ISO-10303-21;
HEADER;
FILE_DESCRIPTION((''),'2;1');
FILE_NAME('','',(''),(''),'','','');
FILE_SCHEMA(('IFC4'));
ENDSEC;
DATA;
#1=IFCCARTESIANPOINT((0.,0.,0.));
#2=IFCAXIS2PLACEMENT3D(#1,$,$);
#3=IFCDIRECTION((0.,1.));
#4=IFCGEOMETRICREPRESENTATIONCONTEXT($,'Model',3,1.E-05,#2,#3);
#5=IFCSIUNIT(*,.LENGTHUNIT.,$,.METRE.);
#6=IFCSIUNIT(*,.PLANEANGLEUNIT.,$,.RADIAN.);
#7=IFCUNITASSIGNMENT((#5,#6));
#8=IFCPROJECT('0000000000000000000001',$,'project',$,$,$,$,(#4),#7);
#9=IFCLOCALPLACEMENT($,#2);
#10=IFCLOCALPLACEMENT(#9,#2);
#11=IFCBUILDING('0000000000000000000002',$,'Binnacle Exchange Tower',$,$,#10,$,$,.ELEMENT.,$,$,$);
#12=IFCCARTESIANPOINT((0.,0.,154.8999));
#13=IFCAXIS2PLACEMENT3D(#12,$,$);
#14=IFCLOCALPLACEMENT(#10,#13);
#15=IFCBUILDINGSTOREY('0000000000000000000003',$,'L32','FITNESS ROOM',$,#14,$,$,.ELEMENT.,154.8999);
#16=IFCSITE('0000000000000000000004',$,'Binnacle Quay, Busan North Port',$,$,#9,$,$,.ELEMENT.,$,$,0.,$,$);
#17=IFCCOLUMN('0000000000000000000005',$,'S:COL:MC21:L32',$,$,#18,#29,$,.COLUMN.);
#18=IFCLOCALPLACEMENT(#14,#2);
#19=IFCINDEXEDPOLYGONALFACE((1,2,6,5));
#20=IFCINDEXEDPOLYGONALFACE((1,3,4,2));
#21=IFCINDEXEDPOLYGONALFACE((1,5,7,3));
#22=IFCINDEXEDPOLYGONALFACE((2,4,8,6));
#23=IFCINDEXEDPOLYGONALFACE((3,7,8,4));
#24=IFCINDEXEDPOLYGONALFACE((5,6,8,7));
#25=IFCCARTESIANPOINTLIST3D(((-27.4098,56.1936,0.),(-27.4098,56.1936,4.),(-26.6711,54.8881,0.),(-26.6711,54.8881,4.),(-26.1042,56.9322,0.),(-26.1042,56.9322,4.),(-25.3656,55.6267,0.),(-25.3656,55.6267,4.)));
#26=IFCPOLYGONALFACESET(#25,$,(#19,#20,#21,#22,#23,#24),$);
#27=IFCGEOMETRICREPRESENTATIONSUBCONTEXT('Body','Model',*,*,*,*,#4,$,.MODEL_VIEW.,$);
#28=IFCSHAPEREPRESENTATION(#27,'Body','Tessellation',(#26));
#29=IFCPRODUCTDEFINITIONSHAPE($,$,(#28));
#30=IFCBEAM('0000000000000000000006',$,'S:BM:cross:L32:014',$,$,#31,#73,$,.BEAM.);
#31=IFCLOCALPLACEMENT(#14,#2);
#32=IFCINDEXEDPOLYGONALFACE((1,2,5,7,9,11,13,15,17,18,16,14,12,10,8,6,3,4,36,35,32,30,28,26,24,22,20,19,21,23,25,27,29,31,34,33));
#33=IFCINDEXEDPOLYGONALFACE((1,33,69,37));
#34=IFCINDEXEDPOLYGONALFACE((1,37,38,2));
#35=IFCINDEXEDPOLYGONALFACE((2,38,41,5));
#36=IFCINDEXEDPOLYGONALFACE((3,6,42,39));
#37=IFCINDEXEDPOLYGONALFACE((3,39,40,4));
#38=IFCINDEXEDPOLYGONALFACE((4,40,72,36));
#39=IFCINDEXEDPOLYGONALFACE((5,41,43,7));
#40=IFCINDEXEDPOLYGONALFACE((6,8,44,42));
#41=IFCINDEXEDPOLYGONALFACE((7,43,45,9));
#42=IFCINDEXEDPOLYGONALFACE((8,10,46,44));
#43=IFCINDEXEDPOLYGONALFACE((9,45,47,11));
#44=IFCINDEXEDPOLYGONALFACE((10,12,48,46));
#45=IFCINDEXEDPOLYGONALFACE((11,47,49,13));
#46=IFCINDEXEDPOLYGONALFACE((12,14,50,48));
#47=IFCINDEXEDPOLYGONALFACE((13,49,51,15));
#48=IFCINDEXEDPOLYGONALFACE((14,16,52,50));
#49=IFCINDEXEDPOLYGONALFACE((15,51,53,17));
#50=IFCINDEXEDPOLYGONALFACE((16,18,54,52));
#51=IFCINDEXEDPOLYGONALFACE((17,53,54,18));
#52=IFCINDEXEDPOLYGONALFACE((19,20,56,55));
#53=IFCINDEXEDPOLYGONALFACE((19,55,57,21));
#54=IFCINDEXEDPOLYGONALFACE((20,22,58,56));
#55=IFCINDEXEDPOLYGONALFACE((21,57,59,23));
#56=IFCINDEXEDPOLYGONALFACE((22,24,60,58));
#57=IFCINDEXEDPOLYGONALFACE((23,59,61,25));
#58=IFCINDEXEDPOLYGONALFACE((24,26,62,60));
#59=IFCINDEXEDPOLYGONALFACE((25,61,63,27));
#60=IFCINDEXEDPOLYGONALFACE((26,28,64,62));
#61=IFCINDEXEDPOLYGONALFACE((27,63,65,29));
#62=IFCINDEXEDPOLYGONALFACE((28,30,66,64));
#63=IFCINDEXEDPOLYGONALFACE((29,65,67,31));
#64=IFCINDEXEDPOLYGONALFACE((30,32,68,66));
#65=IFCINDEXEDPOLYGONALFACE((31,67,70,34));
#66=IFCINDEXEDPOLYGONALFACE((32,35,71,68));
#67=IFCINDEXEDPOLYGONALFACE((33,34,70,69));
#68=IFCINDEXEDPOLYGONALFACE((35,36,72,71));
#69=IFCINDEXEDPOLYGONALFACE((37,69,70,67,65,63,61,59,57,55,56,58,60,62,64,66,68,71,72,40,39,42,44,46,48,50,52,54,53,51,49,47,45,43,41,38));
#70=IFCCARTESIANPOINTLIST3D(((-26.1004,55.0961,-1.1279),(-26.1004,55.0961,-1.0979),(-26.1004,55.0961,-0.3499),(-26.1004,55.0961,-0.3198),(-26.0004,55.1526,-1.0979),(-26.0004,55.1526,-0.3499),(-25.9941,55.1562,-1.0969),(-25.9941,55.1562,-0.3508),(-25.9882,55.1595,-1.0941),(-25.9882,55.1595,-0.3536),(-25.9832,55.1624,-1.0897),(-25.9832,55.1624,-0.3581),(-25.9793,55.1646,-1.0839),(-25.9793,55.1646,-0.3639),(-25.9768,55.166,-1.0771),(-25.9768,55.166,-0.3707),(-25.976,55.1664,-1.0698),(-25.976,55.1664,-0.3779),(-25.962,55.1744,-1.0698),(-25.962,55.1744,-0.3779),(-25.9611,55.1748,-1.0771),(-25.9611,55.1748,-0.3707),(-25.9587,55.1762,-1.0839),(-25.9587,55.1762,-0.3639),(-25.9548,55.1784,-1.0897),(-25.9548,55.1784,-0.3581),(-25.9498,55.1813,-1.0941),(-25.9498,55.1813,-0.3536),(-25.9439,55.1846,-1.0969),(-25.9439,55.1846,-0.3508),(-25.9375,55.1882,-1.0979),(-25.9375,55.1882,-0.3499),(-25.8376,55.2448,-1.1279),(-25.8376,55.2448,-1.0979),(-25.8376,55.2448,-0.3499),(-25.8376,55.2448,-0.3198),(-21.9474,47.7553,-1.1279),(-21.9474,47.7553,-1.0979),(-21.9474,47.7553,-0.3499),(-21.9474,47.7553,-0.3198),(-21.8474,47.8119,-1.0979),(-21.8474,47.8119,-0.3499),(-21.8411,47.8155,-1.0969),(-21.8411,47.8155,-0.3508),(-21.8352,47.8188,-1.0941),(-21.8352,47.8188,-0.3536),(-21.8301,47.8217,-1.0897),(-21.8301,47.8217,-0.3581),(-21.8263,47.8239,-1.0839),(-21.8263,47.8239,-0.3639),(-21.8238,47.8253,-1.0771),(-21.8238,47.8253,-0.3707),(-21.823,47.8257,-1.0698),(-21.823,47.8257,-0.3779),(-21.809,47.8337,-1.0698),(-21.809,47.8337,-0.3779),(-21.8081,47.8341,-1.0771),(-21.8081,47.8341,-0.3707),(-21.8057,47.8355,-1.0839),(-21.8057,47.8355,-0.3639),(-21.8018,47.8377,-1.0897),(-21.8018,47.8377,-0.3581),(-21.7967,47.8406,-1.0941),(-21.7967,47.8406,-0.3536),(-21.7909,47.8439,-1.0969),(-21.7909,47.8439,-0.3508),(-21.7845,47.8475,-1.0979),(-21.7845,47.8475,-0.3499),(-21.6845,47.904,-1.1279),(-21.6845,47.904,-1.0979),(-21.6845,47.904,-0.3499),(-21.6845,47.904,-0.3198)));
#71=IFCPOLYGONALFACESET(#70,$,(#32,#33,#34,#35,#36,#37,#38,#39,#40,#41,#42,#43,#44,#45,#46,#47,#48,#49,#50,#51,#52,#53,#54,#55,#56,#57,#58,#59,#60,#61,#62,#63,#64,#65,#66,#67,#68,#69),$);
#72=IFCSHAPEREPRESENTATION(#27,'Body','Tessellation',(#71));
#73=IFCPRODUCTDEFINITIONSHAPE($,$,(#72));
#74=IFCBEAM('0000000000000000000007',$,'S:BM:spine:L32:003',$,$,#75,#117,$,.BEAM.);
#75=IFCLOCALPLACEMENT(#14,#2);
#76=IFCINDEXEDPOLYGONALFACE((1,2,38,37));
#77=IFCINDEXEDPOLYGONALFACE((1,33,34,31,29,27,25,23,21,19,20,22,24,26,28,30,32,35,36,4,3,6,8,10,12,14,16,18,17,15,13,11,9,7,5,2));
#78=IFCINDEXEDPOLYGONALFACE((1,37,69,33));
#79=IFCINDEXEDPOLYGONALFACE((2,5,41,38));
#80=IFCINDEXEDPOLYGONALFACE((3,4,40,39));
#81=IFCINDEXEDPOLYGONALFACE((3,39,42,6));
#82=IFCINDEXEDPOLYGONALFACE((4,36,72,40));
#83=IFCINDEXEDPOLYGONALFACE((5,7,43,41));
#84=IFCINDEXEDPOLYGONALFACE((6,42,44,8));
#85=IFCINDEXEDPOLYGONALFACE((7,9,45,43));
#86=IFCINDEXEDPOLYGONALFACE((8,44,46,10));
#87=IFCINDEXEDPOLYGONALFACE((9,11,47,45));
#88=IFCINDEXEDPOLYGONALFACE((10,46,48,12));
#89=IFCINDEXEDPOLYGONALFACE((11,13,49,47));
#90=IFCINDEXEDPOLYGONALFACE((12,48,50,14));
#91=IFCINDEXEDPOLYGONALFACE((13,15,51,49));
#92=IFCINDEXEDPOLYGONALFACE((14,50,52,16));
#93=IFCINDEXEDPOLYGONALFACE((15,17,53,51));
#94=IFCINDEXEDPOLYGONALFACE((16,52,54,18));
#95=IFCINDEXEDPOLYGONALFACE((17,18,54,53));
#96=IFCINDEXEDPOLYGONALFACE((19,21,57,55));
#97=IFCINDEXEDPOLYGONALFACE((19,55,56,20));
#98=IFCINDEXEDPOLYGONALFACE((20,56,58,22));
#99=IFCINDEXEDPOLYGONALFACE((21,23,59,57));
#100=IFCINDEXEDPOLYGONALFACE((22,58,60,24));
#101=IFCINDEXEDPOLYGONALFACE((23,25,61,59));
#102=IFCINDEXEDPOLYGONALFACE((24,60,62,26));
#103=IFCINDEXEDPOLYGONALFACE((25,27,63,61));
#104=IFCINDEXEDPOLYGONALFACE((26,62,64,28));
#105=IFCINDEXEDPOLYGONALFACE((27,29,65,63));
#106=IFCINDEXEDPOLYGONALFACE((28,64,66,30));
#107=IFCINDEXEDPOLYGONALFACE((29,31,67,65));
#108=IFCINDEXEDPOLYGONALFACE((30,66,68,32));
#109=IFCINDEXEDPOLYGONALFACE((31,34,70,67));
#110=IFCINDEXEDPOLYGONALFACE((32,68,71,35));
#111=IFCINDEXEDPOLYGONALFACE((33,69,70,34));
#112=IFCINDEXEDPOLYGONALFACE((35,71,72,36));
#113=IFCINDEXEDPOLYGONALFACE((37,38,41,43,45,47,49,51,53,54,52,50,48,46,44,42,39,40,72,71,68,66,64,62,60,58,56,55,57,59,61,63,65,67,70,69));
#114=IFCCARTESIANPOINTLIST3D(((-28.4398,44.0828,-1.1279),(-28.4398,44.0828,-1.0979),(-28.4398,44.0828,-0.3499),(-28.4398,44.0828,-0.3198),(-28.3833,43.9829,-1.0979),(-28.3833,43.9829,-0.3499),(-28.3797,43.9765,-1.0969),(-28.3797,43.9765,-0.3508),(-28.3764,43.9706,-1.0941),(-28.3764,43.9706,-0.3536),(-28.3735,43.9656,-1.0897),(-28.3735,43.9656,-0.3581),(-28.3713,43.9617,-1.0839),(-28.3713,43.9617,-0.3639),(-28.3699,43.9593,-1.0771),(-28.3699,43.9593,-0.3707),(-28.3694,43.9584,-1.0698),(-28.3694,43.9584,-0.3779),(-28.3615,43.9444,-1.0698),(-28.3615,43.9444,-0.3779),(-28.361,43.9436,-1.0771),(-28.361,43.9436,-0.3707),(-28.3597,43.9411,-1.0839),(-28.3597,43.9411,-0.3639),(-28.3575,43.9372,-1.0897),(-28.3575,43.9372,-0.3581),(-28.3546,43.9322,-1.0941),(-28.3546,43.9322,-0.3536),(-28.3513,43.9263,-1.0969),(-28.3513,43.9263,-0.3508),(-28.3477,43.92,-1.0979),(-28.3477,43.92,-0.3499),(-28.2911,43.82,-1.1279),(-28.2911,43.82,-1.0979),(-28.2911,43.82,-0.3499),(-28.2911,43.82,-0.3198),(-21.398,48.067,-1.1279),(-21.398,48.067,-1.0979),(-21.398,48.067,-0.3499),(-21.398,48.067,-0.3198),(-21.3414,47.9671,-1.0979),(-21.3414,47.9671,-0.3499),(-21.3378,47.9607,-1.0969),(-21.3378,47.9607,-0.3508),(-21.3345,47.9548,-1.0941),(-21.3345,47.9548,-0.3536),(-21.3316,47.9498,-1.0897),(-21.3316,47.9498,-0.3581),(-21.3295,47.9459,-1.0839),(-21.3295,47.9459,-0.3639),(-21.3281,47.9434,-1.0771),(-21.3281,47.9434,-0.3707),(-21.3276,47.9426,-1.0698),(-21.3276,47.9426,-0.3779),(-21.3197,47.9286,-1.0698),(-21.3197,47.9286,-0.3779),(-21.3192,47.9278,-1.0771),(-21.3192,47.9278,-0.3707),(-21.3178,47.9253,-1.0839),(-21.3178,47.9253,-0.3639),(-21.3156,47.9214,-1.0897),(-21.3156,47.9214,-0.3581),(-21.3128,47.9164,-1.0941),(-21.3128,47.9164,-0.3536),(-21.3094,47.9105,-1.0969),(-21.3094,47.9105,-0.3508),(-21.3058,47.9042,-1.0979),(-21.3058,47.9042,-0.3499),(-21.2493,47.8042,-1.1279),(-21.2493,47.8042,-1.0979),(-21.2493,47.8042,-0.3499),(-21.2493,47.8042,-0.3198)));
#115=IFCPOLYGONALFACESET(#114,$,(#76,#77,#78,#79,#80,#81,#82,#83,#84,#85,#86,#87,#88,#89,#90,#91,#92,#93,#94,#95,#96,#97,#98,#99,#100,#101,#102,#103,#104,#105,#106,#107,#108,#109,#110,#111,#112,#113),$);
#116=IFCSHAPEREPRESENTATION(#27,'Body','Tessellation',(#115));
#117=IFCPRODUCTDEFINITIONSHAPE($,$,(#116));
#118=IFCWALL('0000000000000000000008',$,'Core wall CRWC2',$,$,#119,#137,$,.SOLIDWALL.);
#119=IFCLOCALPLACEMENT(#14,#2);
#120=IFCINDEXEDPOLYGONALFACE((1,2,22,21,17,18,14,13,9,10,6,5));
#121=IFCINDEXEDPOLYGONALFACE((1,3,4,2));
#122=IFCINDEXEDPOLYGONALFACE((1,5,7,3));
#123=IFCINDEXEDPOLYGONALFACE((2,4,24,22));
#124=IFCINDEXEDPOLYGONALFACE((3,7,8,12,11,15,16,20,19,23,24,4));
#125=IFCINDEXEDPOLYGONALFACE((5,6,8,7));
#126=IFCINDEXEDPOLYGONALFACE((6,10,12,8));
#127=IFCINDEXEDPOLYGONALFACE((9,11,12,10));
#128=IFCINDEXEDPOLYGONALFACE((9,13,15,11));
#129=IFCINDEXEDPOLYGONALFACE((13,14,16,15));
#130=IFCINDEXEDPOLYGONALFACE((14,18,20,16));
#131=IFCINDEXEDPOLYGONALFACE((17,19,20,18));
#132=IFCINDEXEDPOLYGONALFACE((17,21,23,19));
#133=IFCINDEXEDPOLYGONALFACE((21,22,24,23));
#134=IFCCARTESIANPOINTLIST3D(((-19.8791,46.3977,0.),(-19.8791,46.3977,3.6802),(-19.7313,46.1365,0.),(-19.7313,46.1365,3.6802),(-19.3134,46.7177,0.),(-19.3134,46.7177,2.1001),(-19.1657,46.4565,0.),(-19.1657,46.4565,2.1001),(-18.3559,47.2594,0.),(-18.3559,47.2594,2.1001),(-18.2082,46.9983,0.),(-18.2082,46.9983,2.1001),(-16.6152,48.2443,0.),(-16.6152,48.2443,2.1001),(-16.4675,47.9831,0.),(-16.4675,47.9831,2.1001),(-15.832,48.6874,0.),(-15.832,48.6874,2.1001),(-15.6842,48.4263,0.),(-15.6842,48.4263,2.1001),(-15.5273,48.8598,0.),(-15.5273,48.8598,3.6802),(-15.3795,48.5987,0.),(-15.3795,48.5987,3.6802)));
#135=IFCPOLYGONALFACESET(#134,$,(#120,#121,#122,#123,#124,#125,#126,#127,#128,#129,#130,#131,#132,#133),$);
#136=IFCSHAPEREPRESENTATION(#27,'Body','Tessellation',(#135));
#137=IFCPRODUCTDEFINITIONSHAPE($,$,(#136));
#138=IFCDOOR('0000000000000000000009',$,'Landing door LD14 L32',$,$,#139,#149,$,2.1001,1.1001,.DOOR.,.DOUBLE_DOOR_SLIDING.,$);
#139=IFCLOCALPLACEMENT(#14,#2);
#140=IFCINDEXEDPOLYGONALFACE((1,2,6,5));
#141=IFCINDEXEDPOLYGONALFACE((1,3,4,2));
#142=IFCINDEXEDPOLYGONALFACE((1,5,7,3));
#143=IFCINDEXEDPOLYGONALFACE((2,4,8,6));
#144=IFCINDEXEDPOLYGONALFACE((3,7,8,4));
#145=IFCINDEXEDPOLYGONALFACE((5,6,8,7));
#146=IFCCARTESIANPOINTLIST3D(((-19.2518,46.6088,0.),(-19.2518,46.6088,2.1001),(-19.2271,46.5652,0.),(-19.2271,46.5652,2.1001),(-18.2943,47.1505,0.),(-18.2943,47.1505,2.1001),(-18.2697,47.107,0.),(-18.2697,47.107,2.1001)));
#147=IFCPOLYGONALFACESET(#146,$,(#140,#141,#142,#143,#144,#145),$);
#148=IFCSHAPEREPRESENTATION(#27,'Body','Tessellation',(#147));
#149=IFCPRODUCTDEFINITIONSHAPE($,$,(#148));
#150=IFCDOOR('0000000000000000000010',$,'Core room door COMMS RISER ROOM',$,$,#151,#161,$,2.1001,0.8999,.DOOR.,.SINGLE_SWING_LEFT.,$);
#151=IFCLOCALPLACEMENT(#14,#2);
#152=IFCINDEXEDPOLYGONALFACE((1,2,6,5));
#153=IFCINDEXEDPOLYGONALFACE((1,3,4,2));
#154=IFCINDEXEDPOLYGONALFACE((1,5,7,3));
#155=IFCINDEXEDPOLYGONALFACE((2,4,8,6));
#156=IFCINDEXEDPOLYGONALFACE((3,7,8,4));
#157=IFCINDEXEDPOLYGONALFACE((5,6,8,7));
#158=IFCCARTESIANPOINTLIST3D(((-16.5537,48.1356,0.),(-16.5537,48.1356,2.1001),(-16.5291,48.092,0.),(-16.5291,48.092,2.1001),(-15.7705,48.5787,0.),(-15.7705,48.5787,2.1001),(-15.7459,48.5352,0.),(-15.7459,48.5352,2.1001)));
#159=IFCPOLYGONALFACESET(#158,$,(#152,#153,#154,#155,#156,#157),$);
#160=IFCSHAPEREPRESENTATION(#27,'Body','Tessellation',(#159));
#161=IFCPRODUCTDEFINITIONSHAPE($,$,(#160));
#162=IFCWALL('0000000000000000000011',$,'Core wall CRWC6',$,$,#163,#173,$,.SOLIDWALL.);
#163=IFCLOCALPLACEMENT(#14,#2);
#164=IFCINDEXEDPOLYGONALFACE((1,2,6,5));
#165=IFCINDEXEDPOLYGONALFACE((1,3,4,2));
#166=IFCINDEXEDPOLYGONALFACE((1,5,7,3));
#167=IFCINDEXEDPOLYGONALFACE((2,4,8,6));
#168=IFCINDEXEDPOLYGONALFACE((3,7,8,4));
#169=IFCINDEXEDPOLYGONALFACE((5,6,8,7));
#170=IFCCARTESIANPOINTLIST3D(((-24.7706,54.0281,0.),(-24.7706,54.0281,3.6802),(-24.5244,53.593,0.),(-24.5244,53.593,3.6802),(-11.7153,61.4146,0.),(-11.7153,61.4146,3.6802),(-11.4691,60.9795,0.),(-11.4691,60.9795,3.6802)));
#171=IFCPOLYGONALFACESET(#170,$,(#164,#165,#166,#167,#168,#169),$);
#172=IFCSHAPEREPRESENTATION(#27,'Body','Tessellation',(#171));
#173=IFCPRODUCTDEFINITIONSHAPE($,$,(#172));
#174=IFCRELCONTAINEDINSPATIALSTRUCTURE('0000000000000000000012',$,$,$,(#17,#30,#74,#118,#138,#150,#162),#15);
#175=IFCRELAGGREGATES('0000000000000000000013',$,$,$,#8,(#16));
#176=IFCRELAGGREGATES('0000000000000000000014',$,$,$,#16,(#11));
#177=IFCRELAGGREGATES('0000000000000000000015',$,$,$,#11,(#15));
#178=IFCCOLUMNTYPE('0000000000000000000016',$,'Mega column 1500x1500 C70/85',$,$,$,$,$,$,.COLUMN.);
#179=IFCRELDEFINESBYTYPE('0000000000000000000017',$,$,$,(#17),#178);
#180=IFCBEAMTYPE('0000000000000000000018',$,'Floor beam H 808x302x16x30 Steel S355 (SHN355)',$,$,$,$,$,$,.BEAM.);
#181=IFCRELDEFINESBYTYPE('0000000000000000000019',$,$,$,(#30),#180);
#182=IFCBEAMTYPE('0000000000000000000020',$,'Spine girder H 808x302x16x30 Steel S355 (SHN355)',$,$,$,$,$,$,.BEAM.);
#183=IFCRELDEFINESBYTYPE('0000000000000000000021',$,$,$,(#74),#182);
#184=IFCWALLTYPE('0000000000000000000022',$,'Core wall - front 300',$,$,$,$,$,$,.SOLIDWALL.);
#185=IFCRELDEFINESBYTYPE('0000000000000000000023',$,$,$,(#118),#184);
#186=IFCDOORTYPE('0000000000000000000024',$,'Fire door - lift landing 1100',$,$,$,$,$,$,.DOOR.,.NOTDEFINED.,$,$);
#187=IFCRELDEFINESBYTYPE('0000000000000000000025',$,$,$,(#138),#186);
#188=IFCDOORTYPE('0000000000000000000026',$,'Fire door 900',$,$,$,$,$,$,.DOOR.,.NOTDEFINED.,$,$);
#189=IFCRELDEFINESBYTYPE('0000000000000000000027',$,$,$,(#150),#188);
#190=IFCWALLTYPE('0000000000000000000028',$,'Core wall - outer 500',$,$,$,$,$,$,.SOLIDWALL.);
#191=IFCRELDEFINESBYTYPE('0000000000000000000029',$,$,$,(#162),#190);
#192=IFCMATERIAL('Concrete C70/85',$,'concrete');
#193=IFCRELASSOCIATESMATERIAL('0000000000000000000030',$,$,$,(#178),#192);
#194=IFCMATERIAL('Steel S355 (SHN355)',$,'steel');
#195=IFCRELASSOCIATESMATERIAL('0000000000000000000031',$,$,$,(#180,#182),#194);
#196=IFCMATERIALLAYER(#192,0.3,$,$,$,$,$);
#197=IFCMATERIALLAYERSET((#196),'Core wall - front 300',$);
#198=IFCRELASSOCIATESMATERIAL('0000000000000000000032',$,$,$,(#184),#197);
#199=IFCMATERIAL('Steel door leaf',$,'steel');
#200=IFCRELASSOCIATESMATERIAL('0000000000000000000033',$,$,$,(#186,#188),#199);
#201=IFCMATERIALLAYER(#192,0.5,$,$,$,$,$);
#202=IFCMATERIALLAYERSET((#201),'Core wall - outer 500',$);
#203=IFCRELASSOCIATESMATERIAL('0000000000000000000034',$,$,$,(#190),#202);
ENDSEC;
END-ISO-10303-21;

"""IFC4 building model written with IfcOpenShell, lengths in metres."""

from ifc_helpers import new_model, si_unit, direction, frame, frame_2d, origin, origin_2d, place, context, subcontext, project, spatial, rectangle, i_section, extrude, material, layer, layer_set, material_profile, profile_set, type_object, element, fill, save


model = new_model("IFC4")

# Units and contexts
model_context = context("Model", 3, precision=1e-05, world=origin(), true_north=direction((0.0, 1.0)))
body_context = subcontext(model_context, "Body", "Model", "MODEL_VIEW")
ifc_project = project(units=[si_unit("LENGTHUNIT", "METRE"), si_unit("PLANEANGLEUNIT", "RADIAN")], contexts=[model_context])

# Site, building, storey
site_placement = place(None, origin())
site = spatial("IfcSite", under=ifc_project, at=site_placement, Name="Binnacle Quay, Busan North Port", CompositionType="ELEMENT", RefElevation=0.0)
building_placement = place(site_placement, origin())
building = spatial("IfcBuilding", under=site, at=building_placement, Name="Binnacle Exchange Tower", CompositionType="ELEMENT")
storey_placement = place(building_placement, frame((0.0, 0.0, 154.8999)))
storey = spatial("IfcBuildingStorey", under=building, at=storey_placement, Name="L32", Description="FITNESS ROOM", CompositionType="ELEMENT", Elevation=154.8999)

# Column
ifc_material_1 = material(Name="Concrete C70/85", Category="concrete")
ifc_material_profile_1 = material_profile(ifc_material_1, rectangle(XDim=1.5, YDim=1.5, at=origin_2d()), Name="Mega column 1500x1500 C70/85")
ifc_profile_set_1 = profile_set([ifc_material_profile_1], Name="Concrete C70/85")
column_type = type_object("IfcColumnType", Name="Mega column 1500x1500 C70/85", PredefinedType="COLUMN", material=ifc_profile_set_1)
column_placement = place(storey_placement, frame((-26.3877, 55.9102, 0.0), z_axis=(0.0, 0.0, 1.0), x_axis=(-0.870356, -0.492424, 0.0)))
element("IfcColumn", 1, at=column_placement, inside=storey, type_object=column_type, Name="S:COL:MC21:L32", PredefinedType="COLUMN", context=body_context, shape_type="SweptSolid", body=[
    extrude(rectangle(XDim=1.5, YDim=1.5, at=origin_2d()), origin(), (0.0, 0.0, 1.0), 4.0),
])

# Beams
ifc_material_2 = material(Name="Steel S355 (SHN355)", Category="steel")
ifc_material_profile_2 = material_profile(ifc_material_2, i_section(OverallWidth=0.302, OverallDepth=0.8081, WebThickness=0.0161, FlangeThickness=0.03, FilletRadius=0.0281, at=origin_2d()), Name="H 808x302x16x30")
ifc_profile_set_2 = profile_set([ifc_material_profile_2], Name="Steel S355 (SHN355)")
beam_type_1 = type_object("IfcBeamType", Name="Floor beam H 808x302x16x30 Steel S355 (SHN355)", PredefinedType="BEAM", material=ifc_profile_set_2)
beam_1_placement = place(storey_placement, frame((-25.969, 55.1704, -0.7239), z_axis=(0.492409, -0.870364, 0.0), x_axis=(0.870364, 0.492409, 0.0)))
element("IfcBeam", 2, at=beam_1_placement, inside=storey, type_object=beam_type_1, Name="S:BM:cross:L32:014", PredefinedType="BEAM", context=body_context, shape_type="SweptSolid", body=[
    extrude(i_section(OverallWidth=0.302, OverallDepth=0.8081, WebThickness=0.0161, FlangeThickness=0.03, FilletRadius=0.0281, at=origin_2d()), origin(), (0.0, 0.0, 1.0), 8.4341),
])
ifc_material_profile_3 = material_profile(ifc_material_2, i_section(OverallWidth=0.302, OverallDepth=0.8081, WebThickness=0.0161, FlangeThickness=0.03, FilletRadius=0.0281, at=origin_2d()), Name="H 808x302x16x30")
ifc_profile_set_3 = profile_set([ifc_material_profile_3], Name="Steel S355 (SHN355)")
beam_type_2 = type_object("IfcBeamType", Name="Spine girder H 808x302x16x30 Steel S355 (SHN355)", PredefinedType="BEAM", material=ifc_profile_set_3)
beam_2_placement = place(storey_placement, frame((-28.3655, 43.9514, -0.7239), z_axis=(0.87035, 0.492433, 0.0), x_axis=(-0.492433, 0.87035, 0.0)))
element("IfcBeam", 3, at=beam_2_placement, inside=storey, type_object=beam_type_2, Name="S:BM:spine:L32:003", PredefinedType="BEAM", context=body_context, shape_type="SweptSolid", body=[
    extrude(i_section(OverallWidth=0.302, OverallDepth=0.8081, WebThickness=0.0161, FlangeThickness=0.03, FilletRadius=0.0281, at=origin_2d()), origin(), (0.0, 0.0, 1.0), 8.0908),
])

# Wall, openings, doors
ifc_layer_1 = layer(ifc_material_1, 0.3)
ifc_layer_set_1 = layer_set([ifc_layer_1], Name="Core wall - front 300")
wall_type_1 = type_object("IfcWallType", Name="Core wall - front 300", PredefinedType="SOLIDWALL", material=ifc_layer_set_1)
wall_1_placement = place(storey_placement, frame((-19.8052, 46.2671, 0.0), z_axis=(0.0, 0.0, 1.0), x_axis=(0.870354, 0.492427, 0.0)))
wall_1 = element("IfcWall", 4, at=wall_1_placement, inside=storey, type_object=wall_type_1, Name="Core wall CRWC2", PredefinedType="SOLIDWALL", context=body_context, shape_type="SweptSolid", body=[
    extrude(rectangle(XDim=5.0, YDim=0.3, at=frame_2d((2.5, 0.0))), origin(), (0.0, 0.0, 1.0), 3.6802),
])
opening_1_placement = place(wall_1_placement, frame((0.6499, 0.0, 0.0)))
opening_1 = element("IfcOpeningElement", 5, at=opening_1_placement, cuts=wall_1, PredefinedType="OPENING", context=body_context, shape_type="SweptSolid", body=[
    extrude(rectangle(XDim=1.1001, YDim=2.1001, at=frame_2d((0.55, 1.05))), frame((0.0, 0.1599, 0.0), z_axis=(0.0, -1.0, 0.0), x_axis=(1.0, 0.0, 0.0)), (0.0, 0.0, 1.0), 0.3201),
])
opening_2_placement = place(wall_1_placement, frame((3.75, 0.0, 0.0)))
opening_2 = element("IfcOpeningElement", 6, at=opening_2_placement, cuts=wall_1, PredefinedType="OPENING", context=body_context, shape_type="SweptSolid", body=[
    extrude(rectangle(XDim=0.8999, YDim=2.1001, at=frame_2d((0.45, 1.05))), frame((0.0, 0.1599, 0.0), z_axis=(0.0, -1.0, 0.0), x_axis=(1.0, 0.0, 0.0)), (0.0, 0.0, 1.0), 0.3201),
])
ifc_material_3 = material(Name="Steel door leaf", Category="steel")
door_type_1 = type_object("IfcDoorType", Name="Fire door - lift landing 1100", OperationType="NOTDEFINED", PredefinedType="DOOR", material=ifc_material_3)
door_1_placement = place(opening_1_placement, origin())
door_1 = element("IfcDoor", 7, at=door_1_placement, inside=storey, type_object=door_type_1, Name="Landing door LD14 L32", OperationType="DOUBLE_DOOR_SLIDING", OverallHeight=2.1001, OverallWidth=1.1001, PredefinedType="DOOR", context=body_context, shape_type="SweptSolid", body=[
    extrude(rectangle(XDim=1.1001, YDim=2.1001, at=frame_2d((0.55, 1.05))), frame((0.0, 0.0249, 0.0), z_axis=(0.0, -1.0, 0.0), x_axis=(1.0, 0.0, 0.0)), (0.0, 0.0, 1.0), 0.05),
])
fill(opening_1, door_1)
door_type_2 = type_object("IfcDoorType", Name="Fire door 900", OperationType="NOTDEFINED", PredefinedType="DOOR", material=ifc_material_3)
door_2_placement = place(opening_2_placement, frame((0.8999, 0.0, 0.0), z_axis=(0.0, 0.0, 1.0), x_axis=(-1.0, 0.0, 0.0)))
door_2 = element("IfcDoor", 8, at=door_2_placement, inside=storey, type_object=door_type_2, Name="Core room door COMMS RISER ROOM", OperationType="SINGLE_SWING_LEFT", OverallHeight=2.1001, OverallWidth=0.8999, PredefinedType="DOOR", context=body_context, shape_type="SweptSolid", body=[
    extrude(rectangle(XDim=0.8999, YDim=2.1001, at=frame_2d((0.45, 1.05))), frame((0.0, 0.0249, 0.0), z_axis=(0.0, -1.0, 0.0), x_axis=(1.0, 0.0, 0.0)), (0.0, 0.0, 1.0), 0.05),
])
fill(opening_2, door_2)

# Wall
ifc_layer_2 = layer(ifc_material_1, 0.5)
ifc_layer_set_2 = layer_set([ifc_layer_2], Name="Core wall - outer 500")
wall_type_2 = type_object("IfcWallType", Name="Core wall - outer 500", PredefinedType="SOLIDWALL", material=ifc_layer_set_2)
wall_2_placement = place(storey_placement, frame((-24.6475, 53.8105, 0.0), z_axis=(0.0, 0.0, 1.0), x_axis=(0.87035, 0.492434, 0.0)))
element("IfcWall", 9, at=wall_2_placement, inside=storey, type_object=wall_type_2, Name="Core wall CRWC6", PredefinedType="SOLIDWALL", context=body_context, shape_type="SweptSolid", body=[
    extrude(rectangle(XDim=15.0, YDim=0.5, at=frame_2d((7.5, 0.0))), origin(), (0.0, 0.0, 1.0), 3.6802),
])

save(model, "model.ifc")
